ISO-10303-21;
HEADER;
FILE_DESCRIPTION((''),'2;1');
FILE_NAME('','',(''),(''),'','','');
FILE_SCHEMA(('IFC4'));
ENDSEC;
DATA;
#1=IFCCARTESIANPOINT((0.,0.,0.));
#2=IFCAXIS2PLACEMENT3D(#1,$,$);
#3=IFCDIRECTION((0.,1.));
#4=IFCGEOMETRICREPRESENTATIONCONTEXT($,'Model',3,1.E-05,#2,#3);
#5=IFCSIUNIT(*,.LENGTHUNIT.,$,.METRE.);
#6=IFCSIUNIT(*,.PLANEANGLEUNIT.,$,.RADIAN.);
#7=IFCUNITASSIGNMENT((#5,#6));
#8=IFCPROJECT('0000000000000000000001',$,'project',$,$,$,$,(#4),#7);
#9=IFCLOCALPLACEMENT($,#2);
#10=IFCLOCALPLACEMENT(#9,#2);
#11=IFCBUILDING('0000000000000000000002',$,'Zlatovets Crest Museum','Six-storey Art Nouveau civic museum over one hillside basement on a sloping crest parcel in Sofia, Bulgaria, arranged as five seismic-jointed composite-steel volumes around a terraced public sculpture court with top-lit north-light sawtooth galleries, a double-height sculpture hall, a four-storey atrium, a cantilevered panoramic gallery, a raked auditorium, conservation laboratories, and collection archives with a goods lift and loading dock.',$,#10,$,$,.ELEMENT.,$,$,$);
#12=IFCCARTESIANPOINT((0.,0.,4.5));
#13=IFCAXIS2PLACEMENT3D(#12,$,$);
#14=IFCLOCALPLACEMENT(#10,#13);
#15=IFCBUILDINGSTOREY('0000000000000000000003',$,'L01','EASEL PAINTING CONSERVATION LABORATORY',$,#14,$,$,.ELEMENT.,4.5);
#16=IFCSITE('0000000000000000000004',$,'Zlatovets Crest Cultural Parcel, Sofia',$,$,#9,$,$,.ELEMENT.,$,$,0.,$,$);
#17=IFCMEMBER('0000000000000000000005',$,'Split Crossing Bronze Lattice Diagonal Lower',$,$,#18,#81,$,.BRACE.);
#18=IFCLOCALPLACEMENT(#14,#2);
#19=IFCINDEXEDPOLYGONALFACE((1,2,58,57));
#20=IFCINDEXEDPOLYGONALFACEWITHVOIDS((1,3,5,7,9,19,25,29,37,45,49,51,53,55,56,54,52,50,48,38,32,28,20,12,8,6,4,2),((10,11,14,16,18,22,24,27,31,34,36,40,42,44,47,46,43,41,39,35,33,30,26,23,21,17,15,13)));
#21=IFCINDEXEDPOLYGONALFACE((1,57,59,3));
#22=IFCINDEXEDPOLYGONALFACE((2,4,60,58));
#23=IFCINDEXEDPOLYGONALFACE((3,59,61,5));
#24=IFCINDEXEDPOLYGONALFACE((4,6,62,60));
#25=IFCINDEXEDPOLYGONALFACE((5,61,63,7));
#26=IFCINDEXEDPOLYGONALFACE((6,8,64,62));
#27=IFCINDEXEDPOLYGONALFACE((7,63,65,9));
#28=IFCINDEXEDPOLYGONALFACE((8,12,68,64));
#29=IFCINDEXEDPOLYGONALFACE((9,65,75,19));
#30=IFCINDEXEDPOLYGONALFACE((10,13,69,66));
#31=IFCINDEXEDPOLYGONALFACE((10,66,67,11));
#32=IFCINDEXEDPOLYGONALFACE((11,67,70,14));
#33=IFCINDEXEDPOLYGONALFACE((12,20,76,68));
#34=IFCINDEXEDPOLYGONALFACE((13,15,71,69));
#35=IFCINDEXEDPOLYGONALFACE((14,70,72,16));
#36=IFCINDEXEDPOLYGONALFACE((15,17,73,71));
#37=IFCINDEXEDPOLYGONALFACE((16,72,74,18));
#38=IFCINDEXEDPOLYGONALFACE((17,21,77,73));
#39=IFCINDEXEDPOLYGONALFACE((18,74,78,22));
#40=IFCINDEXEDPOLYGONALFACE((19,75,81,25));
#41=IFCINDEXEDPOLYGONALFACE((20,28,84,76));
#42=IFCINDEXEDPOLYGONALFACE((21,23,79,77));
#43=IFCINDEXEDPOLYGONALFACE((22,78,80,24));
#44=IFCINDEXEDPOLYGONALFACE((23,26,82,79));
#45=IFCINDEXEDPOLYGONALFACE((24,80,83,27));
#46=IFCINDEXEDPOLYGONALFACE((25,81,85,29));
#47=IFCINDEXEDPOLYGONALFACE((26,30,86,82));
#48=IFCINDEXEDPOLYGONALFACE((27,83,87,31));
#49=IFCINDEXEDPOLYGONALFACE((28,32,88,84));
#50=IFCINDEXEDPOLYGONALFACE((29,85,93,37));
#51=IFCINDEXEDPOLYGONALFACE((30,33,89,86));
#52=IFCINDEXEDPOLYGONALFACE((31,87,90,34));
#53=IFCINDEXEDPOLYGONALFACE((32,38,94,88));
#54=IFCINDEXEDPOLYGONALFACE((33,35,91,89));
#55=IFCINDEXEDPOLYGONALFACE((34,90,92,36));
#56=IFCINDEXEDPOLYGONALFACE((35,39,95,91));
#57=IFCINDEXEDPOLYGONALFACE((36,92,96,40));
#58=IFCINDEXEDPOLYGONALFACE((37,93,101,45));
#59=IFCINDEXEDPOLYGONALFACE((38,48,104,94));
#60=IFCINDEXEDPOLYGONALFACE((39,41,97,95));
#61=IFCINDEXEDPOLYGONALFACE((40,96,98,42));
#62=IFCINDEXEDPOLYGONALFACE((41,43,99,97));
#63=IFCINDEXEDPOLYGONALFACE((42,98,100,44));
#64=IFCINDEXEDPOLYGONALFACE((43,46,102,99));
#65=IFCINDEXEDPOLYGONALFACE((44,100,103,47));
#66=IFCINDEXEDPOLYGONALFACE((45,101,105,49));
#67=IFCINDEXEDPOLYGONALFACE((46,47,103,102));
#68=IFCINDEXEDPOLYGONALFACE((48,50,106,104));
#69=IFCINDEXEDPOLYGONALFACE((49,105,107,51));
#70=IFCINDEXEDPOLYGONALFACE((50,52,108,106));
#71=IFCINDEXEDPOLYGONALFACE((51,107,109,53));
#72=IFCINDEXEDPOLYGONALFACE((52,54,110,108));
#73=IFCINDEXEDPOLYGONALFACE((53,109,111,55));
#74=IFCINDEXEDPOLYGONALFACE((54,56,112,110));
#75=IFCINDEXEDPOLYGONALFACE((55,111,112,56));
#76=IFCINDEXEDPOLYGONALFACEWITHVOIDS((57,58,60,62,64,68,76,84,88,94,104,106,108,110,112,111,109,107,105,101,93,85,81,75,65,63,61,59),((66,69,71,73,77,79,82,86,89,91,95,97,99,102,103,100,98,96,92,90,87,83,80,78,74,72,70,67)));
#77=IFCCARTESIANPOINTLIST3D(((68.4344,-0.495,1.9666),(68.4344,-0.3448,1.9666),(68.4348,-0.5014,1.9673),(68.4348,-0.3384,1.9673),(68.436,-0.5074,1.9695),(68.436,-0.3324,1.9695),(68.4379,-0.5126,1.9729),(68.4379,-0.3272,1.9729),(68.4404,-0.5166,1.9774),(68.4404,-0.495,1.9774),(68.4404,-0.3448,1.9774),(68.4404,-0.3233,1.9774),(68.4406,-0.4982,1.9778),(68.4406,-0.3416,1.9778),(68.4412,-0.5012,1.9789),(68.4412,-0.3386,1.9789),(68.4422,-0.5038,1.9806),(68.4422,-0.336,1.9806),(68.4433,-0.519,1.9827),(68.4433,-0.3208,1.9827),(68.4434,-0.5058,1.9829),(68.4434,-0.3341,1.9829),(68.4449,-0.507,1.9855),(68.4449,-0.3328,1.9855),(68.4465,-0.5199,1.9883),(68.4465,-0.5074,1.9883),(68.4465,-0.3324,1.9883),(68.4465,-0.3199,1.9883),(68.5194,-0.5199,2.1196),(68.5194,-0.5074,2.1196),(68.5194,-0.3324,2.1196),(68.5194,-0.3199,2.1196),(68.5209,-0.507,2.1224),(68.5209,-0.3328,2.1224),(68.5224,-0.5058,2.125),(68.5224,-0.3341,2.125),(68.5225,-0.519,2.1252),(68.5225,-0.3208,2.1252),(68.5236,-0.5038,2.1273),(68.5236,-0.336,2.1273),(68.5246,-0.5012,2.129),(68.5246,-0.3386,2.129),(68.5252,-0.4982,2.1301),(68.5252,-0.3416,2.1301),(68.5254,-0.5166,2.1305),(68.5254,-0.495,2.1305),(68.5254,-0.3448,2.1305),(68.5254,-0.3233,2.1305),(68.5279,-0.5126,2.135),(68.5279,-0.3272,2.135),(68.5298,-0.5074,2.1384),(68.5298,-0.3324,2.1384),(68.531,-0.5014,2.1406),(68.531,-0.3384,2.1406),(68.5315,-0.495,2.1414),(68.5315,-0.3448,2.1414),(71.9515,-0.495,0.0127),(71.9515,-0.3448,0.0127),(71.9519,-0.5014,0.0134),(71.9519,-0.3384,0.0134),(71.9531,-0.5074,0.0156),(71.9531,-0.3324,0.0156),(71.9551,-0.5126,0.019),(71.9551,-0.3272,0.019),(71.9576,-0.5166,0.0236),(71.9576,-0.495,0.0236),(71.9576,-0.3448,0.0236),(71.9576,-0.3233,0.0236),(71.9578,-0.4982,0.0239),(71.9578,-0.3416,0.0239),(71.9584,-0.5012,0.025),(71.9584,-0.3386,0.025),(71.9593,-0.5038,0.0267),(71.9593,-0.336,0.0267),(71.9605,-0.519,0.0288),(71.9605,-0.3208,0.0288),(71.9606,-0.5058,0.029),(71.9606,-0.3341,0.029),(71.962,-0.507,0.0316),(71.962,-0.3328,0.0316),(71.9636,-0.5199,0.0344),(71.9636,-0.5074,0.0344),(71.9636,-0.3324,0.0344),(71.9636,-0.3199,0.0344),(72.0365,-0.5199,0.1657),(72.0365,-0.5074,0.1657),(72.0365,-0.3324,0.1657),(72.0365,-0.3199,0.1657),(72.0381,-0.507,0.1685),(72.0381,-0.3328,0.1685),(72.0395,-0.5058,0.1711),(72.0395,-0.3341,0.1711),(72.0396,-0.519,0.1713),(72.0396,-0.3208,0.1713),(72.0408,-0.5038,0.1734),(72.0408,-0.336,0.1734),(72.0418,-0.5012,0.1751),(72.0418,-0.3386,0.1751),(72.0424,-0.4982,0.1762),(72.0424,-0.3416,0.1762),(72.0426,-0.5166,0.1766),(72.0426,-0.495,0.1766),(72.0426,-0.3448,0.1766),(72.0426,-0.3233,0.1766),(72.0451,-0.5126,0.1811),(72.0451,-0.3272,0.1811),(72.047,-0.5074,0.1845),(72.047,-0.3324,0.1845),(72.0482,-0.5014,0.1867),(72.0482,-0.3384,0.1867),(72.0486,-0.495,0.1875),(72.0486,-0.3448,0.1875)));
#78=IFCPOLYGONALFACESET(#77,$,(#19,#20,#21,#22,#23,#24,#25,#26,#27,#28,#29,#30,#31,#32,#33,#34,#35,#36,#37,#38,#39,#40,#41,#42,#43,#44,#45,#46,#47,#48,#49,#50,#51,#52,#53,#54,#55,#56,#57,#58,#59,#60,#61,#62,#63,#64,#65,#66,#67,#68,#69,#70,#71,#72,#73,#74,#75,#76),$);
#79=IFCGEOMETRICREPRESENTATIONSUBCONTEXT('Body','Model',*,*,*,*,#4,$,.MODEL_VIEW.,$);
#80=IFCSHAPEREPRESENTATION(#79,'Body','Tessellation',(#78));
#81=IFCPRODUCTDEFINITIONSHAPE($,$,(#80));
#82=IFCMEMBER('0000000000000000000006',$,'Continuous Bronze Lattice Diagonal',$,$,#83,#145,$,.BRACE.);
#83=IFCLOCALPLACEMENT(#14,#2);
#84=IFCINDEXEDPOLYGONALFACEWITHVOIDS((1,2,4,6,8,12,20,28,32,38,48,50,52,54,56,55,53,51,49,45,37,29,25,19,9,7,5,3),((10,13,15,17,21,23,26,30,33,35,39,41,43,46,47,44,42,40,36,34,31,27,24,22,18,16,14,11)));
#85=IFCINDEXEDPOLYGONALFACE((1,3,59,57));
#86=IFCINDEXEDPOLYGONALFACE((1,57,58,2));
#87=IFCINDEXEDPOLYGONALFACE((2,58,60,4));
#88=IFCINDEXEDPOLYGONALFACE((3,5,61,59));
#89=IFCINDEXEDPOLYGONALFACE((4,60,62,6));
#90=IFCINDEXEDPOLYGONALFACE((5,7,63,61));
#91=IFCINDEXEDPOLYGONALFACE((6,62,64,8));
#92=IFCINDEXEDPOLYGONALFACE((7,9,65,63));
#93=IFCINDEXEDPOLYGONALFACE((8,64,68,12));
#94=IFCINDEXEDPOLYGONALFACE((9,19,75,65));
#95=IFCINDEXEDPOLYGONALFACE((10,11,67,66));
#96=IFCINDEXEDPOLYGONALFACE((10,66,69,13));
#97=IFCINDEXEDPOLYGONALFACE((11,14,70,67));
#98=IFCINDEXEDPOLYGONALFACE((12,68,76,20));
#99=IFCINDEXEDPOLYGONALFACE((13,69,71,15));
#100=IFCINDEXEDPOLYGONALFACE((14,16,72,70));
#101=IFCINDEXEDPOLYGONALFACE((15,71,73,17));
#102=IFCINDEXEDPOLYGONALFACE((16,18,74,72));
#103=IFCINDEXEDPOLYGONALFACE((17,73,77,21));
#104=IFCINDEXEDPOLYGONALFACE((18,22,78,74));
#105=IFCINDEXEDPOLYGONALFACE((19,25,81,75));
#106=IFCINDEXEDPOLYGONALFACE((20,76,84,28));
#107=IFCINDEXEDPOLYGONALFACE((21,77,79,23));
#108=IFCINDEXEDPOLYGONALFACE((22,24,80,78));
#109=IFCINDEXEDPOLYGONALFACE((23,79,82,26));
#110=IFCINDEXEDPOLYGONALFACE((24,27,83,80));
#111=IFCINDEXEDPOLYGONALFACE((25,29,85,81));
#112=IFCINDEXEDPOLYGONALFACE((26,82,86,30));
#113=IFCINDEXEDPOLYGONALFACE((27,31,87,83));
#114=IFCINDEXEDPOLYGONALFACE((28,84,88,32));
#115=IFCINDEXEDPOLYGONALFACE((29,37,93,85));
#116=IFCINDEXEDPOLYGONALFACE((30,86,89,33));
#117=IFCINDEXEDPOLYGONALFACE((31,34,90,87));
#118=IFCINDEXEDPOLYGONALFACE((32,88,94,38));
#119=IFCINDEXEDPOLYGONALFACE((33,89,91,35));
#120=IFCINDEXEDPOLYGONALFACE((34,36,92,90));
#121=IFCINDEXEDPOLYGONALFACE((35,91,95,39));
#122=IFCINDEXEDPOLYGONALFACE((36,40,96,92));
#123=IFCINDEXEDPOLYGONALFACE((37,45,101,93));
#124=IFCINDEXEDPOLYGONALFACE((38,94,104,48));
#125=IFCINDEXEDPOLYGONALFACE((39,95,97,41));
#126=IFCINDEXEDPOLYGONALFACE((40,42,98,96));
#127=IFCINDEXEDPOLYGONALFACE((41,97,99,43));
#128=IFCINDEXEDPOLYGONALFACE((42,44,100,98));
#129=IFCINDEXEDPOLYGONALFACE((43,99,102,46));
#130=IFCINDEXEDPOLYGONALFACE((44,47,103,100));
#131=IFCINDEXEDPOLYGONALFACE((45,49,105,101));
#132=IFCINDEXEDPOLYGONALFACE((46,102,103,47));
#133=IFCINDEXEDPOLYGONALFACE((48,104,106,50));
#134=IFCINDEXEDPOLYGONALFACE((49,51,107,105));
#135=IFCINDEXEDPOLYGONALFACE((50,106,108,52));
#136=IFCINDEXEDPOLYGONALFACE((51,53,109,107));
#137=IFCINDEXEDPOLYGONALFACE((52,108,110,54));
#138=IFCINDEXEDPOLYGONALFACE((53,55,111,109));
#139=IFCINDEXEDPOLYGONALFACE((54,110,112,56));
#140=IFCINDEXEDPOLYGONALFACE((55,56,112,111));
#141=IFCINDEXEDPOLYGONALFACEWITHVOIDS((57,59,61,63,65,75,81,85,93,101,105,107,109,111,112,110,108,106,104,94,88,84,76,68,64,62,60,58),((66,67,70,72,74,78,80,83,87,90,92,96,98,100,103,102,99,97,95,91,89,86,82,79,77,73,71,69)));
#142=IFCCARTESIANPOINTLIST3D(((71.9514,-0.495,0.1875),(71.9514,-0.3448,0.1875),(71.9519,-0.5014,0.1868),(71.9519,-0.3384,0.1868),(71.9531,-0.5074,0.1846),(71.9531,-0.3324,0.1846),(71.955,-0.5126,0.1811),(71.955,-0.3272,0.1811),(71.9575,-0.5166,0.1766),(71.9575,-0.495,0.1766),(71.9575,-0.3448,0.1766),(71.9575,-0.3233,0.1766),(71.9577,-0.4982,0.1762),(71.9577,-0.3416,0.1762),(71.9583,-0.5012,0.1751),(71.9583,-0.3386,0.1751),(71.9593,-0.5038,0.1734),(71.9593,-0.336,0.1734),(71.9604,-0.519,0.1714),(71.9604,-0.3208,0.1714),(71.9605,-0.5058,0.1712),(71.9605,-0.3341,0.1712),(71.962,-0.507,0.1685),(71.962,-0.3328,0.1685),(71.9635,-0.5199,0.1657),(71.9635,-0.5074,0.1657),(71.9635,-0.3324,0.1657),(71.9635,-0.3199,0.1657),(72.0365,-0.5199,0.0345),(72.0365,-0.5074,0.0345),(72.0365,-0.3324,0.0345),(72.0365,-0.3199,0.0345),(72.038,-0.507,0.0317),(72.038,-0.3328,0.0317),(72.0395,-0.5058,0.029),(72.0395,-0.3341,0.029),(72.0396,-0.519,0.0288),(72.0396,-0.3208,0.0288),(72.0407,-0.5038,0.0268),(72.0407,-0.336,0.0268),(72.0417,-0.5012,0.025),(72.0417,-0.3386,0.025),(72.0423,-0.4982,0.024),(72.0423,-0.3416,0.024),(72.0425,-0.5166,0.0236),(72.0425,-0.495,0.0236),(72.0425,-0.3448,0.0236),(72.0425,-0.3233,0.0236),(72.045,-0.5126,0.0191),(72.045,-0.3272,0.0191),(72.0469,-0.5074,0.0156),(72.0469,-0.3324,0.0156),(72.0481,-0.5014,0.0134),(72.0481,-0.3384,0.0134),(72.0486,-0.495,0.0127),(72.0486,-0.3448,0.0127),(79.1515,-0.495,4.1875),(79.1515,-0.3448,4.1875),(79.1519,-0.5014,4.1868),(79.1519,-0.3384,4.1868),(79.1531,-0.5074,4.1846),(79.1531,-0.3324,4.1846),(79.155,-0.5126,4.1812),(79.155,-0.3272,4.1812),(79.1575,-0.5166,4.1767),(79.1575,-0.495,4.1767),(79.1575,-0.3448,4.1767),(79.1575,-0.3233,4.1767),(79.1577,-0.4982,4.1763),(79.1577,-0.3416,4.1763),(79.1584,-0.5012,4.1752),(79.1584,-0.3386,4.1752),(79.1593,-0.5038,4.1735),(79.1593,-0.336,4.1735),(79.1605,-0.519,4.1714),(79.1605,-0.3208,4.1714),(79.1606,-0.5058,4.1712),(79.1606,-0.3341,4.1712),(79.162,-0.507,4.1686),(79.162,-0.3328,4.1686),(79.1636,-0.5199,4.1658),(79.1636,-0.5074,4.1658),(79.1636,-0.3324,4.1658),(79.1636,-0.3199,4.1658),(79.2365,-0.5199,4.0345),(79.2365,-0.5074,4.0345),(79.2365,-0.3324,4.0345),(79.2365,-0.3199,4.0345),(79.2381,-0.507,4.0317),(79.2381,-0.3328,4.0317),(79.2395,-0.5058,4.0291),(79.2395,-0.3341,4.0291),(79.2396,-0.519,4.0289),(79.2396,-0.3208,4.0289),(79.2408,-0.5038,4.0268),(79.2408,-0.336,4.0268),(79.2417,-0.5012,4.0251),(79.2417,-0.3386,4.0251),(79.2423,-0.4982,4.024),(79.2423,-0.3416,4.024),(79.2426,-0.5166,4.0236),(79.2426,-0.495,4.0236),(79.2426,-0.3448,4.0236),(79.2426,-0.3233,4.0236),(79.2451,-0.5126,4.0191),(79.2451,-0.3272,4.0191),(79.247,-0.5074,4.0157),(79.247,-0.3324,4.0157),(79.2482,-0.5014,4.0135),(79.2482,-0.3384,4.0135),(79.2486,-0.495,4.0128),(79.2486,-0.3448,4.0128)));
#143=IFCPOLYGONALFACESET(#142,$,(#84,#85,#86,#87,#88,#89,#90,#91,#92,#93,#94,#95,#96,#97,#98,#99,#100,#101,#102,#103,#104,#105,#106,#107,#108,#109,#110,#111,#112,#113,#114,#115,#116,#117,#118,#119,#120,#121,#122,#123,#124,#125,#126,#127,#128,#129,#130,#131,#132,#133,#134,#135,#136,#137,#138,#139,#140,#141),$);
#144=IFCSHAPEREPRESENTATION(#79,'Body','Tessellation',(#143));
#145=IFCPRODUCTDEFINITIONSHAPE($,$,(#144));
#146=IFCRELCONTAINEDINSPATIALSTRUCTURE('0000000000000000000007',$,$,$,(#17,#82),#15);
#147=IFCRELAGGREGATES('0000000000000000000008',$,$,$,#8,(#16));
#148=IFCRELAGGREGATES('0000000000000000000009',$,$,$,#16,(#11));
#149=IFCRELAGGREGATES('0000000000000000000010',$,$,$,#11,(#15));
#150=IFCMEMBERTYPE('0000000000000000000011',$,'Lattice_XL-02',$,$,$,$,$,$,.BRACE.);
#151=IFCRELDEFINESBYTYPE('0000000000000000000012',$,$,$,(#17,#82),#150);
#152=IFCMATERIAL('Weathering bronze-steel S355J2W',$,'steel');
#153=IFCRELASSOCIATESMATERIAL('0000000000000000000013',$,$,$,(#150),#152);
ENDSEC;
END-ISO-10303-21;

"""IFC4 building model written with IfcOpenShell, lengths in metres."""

from ifc_helpers import new_model, si_unit, direction, frame, origin, origin_2d, place, context, subcontext, project, spatial, hollow_rectangle, extrude, material, material_profile, profile_set, type_object, element, save


model = new_model("IFC4")

# Units and contexts
model_context = context("Model", 3, precision=1e-05, world=origin(), true_north=direction((0.0, 1.0)))
body_context = subcontext(model_context, "Body", "Model", "MODEL_VIEW")
ifc_project = project(units=[si_unit("LENGTHUNIT", "METRE"), si_unit("PLANEANGLEUNIT", "RADIAN")], contexts=[model_context])

# Site, building, storey
site_placement = place(None, origin())
site = spatial("IfcSite", under=ifc_project, at=site_placement, Name="Zlatovets Crest Cultural Parcel, Sofia", CompositionType="ELEMENT", RefElevation=0.0)
building_placement = place(site_placement, origin())
building = spatial("IfcBuilding", under=site, at=building_placement, Name="Zlatovets Crest Museum", Description="Six-storey Art Nouveau civic museum over one hillside basement on a sloping crest parcel in Sofia, Bulgaria, arranged as five seismic-jointed composite-steel volumes around a terraced public sculpture court with top-lit north-light sawtooth galleries, a double-height sculpture hall, a four-storey atrium, a cantilevered panoramic gallery, a raked auditorium, conservation laboratories, and collection archives with a goods lift and loading dock.", CompositionType="ELEMENT")
storey_placement = place(building_placement, frame((0.0, 0.0, 4.5)))
storey = spatial("IfcBuildingStorey", under=building, at=storey_placement, Name="L01", Description="EASEL PAINTING CONSERVATION LABORATORY", CompositionType="ELEMENT", Elevation=4.5)

# Members
ifc_material_1 = material(Name="Weathering bronze-steel S355J2W", Category="steel")
ifc_material_profile_1 = material_profile(ifc_material_1, hollow_rectangle(XDim=0.2, YDim=0.2, WallThickness=0.0125, InnerFilletRadius=0.0125, OuterFilletRadius=0.0249, at=origin_2d()), Name="SHS 200x200x12.5")
ifc_profile_set_1 = profile_set([ifc_material_profile_1], Name="Weathering bronze-steel S355J2W")
member_type_1 = type_object("IfcMemberType", Name="Lattice_XL-02", PredefinedType="BRACE", material=ifc_profile_set_1)
member_1_placement = place(storey_placement, frame((68.4829, -0.4199, 2.054), z_axis=(0.874166, 0.0, -0.485627), x_axis=(0.0, 1.0, 0.0)))
element("IfcMember", 1, at=member_1_placement, inside=storey, type_object=member_type_1, Name="Split Crossing Bronze Lattice Diagonal Lower", PredefinedType="BRACE", context=body_context, shape_type="SweptSolid", body=[
    extrude(hollow_rectangle(XDim=0.2, YDim=0.2, WallThickness=0.0125, InnerFilletRadius=0.0125, OuterFilletRadius=0.0249, at=origin_2d()), origin(), (0.0, 0.0, 1.0), 4.0234),
])
member_2_placement = place(storey_placement, frame((72.0, -0.4199, 0.1001), z_axis=(0.874156, 0.0, 0.485645), x_axis=(0.0, 1.0, 0.0)))
element("IfcMember", 2, at=member_2_placement, inside=storey, type_object=member_type_1, Name="Continuous Bronze Lattice Diagonal", PredefinedType="BRACE", context=body_context, shape_type="SweptSolid", body=[
    extrude(hollow_rectangle(XDim=0.2, YDim=0.2, WallThickness=0.0125, InnerFilletRadius=0.0125, OuterFilletRadius=0.0249, at=origin_2d()), origin(), (0.0, 0.0, 1.0), 8.2366),
])

save(model, "model.ifc")
